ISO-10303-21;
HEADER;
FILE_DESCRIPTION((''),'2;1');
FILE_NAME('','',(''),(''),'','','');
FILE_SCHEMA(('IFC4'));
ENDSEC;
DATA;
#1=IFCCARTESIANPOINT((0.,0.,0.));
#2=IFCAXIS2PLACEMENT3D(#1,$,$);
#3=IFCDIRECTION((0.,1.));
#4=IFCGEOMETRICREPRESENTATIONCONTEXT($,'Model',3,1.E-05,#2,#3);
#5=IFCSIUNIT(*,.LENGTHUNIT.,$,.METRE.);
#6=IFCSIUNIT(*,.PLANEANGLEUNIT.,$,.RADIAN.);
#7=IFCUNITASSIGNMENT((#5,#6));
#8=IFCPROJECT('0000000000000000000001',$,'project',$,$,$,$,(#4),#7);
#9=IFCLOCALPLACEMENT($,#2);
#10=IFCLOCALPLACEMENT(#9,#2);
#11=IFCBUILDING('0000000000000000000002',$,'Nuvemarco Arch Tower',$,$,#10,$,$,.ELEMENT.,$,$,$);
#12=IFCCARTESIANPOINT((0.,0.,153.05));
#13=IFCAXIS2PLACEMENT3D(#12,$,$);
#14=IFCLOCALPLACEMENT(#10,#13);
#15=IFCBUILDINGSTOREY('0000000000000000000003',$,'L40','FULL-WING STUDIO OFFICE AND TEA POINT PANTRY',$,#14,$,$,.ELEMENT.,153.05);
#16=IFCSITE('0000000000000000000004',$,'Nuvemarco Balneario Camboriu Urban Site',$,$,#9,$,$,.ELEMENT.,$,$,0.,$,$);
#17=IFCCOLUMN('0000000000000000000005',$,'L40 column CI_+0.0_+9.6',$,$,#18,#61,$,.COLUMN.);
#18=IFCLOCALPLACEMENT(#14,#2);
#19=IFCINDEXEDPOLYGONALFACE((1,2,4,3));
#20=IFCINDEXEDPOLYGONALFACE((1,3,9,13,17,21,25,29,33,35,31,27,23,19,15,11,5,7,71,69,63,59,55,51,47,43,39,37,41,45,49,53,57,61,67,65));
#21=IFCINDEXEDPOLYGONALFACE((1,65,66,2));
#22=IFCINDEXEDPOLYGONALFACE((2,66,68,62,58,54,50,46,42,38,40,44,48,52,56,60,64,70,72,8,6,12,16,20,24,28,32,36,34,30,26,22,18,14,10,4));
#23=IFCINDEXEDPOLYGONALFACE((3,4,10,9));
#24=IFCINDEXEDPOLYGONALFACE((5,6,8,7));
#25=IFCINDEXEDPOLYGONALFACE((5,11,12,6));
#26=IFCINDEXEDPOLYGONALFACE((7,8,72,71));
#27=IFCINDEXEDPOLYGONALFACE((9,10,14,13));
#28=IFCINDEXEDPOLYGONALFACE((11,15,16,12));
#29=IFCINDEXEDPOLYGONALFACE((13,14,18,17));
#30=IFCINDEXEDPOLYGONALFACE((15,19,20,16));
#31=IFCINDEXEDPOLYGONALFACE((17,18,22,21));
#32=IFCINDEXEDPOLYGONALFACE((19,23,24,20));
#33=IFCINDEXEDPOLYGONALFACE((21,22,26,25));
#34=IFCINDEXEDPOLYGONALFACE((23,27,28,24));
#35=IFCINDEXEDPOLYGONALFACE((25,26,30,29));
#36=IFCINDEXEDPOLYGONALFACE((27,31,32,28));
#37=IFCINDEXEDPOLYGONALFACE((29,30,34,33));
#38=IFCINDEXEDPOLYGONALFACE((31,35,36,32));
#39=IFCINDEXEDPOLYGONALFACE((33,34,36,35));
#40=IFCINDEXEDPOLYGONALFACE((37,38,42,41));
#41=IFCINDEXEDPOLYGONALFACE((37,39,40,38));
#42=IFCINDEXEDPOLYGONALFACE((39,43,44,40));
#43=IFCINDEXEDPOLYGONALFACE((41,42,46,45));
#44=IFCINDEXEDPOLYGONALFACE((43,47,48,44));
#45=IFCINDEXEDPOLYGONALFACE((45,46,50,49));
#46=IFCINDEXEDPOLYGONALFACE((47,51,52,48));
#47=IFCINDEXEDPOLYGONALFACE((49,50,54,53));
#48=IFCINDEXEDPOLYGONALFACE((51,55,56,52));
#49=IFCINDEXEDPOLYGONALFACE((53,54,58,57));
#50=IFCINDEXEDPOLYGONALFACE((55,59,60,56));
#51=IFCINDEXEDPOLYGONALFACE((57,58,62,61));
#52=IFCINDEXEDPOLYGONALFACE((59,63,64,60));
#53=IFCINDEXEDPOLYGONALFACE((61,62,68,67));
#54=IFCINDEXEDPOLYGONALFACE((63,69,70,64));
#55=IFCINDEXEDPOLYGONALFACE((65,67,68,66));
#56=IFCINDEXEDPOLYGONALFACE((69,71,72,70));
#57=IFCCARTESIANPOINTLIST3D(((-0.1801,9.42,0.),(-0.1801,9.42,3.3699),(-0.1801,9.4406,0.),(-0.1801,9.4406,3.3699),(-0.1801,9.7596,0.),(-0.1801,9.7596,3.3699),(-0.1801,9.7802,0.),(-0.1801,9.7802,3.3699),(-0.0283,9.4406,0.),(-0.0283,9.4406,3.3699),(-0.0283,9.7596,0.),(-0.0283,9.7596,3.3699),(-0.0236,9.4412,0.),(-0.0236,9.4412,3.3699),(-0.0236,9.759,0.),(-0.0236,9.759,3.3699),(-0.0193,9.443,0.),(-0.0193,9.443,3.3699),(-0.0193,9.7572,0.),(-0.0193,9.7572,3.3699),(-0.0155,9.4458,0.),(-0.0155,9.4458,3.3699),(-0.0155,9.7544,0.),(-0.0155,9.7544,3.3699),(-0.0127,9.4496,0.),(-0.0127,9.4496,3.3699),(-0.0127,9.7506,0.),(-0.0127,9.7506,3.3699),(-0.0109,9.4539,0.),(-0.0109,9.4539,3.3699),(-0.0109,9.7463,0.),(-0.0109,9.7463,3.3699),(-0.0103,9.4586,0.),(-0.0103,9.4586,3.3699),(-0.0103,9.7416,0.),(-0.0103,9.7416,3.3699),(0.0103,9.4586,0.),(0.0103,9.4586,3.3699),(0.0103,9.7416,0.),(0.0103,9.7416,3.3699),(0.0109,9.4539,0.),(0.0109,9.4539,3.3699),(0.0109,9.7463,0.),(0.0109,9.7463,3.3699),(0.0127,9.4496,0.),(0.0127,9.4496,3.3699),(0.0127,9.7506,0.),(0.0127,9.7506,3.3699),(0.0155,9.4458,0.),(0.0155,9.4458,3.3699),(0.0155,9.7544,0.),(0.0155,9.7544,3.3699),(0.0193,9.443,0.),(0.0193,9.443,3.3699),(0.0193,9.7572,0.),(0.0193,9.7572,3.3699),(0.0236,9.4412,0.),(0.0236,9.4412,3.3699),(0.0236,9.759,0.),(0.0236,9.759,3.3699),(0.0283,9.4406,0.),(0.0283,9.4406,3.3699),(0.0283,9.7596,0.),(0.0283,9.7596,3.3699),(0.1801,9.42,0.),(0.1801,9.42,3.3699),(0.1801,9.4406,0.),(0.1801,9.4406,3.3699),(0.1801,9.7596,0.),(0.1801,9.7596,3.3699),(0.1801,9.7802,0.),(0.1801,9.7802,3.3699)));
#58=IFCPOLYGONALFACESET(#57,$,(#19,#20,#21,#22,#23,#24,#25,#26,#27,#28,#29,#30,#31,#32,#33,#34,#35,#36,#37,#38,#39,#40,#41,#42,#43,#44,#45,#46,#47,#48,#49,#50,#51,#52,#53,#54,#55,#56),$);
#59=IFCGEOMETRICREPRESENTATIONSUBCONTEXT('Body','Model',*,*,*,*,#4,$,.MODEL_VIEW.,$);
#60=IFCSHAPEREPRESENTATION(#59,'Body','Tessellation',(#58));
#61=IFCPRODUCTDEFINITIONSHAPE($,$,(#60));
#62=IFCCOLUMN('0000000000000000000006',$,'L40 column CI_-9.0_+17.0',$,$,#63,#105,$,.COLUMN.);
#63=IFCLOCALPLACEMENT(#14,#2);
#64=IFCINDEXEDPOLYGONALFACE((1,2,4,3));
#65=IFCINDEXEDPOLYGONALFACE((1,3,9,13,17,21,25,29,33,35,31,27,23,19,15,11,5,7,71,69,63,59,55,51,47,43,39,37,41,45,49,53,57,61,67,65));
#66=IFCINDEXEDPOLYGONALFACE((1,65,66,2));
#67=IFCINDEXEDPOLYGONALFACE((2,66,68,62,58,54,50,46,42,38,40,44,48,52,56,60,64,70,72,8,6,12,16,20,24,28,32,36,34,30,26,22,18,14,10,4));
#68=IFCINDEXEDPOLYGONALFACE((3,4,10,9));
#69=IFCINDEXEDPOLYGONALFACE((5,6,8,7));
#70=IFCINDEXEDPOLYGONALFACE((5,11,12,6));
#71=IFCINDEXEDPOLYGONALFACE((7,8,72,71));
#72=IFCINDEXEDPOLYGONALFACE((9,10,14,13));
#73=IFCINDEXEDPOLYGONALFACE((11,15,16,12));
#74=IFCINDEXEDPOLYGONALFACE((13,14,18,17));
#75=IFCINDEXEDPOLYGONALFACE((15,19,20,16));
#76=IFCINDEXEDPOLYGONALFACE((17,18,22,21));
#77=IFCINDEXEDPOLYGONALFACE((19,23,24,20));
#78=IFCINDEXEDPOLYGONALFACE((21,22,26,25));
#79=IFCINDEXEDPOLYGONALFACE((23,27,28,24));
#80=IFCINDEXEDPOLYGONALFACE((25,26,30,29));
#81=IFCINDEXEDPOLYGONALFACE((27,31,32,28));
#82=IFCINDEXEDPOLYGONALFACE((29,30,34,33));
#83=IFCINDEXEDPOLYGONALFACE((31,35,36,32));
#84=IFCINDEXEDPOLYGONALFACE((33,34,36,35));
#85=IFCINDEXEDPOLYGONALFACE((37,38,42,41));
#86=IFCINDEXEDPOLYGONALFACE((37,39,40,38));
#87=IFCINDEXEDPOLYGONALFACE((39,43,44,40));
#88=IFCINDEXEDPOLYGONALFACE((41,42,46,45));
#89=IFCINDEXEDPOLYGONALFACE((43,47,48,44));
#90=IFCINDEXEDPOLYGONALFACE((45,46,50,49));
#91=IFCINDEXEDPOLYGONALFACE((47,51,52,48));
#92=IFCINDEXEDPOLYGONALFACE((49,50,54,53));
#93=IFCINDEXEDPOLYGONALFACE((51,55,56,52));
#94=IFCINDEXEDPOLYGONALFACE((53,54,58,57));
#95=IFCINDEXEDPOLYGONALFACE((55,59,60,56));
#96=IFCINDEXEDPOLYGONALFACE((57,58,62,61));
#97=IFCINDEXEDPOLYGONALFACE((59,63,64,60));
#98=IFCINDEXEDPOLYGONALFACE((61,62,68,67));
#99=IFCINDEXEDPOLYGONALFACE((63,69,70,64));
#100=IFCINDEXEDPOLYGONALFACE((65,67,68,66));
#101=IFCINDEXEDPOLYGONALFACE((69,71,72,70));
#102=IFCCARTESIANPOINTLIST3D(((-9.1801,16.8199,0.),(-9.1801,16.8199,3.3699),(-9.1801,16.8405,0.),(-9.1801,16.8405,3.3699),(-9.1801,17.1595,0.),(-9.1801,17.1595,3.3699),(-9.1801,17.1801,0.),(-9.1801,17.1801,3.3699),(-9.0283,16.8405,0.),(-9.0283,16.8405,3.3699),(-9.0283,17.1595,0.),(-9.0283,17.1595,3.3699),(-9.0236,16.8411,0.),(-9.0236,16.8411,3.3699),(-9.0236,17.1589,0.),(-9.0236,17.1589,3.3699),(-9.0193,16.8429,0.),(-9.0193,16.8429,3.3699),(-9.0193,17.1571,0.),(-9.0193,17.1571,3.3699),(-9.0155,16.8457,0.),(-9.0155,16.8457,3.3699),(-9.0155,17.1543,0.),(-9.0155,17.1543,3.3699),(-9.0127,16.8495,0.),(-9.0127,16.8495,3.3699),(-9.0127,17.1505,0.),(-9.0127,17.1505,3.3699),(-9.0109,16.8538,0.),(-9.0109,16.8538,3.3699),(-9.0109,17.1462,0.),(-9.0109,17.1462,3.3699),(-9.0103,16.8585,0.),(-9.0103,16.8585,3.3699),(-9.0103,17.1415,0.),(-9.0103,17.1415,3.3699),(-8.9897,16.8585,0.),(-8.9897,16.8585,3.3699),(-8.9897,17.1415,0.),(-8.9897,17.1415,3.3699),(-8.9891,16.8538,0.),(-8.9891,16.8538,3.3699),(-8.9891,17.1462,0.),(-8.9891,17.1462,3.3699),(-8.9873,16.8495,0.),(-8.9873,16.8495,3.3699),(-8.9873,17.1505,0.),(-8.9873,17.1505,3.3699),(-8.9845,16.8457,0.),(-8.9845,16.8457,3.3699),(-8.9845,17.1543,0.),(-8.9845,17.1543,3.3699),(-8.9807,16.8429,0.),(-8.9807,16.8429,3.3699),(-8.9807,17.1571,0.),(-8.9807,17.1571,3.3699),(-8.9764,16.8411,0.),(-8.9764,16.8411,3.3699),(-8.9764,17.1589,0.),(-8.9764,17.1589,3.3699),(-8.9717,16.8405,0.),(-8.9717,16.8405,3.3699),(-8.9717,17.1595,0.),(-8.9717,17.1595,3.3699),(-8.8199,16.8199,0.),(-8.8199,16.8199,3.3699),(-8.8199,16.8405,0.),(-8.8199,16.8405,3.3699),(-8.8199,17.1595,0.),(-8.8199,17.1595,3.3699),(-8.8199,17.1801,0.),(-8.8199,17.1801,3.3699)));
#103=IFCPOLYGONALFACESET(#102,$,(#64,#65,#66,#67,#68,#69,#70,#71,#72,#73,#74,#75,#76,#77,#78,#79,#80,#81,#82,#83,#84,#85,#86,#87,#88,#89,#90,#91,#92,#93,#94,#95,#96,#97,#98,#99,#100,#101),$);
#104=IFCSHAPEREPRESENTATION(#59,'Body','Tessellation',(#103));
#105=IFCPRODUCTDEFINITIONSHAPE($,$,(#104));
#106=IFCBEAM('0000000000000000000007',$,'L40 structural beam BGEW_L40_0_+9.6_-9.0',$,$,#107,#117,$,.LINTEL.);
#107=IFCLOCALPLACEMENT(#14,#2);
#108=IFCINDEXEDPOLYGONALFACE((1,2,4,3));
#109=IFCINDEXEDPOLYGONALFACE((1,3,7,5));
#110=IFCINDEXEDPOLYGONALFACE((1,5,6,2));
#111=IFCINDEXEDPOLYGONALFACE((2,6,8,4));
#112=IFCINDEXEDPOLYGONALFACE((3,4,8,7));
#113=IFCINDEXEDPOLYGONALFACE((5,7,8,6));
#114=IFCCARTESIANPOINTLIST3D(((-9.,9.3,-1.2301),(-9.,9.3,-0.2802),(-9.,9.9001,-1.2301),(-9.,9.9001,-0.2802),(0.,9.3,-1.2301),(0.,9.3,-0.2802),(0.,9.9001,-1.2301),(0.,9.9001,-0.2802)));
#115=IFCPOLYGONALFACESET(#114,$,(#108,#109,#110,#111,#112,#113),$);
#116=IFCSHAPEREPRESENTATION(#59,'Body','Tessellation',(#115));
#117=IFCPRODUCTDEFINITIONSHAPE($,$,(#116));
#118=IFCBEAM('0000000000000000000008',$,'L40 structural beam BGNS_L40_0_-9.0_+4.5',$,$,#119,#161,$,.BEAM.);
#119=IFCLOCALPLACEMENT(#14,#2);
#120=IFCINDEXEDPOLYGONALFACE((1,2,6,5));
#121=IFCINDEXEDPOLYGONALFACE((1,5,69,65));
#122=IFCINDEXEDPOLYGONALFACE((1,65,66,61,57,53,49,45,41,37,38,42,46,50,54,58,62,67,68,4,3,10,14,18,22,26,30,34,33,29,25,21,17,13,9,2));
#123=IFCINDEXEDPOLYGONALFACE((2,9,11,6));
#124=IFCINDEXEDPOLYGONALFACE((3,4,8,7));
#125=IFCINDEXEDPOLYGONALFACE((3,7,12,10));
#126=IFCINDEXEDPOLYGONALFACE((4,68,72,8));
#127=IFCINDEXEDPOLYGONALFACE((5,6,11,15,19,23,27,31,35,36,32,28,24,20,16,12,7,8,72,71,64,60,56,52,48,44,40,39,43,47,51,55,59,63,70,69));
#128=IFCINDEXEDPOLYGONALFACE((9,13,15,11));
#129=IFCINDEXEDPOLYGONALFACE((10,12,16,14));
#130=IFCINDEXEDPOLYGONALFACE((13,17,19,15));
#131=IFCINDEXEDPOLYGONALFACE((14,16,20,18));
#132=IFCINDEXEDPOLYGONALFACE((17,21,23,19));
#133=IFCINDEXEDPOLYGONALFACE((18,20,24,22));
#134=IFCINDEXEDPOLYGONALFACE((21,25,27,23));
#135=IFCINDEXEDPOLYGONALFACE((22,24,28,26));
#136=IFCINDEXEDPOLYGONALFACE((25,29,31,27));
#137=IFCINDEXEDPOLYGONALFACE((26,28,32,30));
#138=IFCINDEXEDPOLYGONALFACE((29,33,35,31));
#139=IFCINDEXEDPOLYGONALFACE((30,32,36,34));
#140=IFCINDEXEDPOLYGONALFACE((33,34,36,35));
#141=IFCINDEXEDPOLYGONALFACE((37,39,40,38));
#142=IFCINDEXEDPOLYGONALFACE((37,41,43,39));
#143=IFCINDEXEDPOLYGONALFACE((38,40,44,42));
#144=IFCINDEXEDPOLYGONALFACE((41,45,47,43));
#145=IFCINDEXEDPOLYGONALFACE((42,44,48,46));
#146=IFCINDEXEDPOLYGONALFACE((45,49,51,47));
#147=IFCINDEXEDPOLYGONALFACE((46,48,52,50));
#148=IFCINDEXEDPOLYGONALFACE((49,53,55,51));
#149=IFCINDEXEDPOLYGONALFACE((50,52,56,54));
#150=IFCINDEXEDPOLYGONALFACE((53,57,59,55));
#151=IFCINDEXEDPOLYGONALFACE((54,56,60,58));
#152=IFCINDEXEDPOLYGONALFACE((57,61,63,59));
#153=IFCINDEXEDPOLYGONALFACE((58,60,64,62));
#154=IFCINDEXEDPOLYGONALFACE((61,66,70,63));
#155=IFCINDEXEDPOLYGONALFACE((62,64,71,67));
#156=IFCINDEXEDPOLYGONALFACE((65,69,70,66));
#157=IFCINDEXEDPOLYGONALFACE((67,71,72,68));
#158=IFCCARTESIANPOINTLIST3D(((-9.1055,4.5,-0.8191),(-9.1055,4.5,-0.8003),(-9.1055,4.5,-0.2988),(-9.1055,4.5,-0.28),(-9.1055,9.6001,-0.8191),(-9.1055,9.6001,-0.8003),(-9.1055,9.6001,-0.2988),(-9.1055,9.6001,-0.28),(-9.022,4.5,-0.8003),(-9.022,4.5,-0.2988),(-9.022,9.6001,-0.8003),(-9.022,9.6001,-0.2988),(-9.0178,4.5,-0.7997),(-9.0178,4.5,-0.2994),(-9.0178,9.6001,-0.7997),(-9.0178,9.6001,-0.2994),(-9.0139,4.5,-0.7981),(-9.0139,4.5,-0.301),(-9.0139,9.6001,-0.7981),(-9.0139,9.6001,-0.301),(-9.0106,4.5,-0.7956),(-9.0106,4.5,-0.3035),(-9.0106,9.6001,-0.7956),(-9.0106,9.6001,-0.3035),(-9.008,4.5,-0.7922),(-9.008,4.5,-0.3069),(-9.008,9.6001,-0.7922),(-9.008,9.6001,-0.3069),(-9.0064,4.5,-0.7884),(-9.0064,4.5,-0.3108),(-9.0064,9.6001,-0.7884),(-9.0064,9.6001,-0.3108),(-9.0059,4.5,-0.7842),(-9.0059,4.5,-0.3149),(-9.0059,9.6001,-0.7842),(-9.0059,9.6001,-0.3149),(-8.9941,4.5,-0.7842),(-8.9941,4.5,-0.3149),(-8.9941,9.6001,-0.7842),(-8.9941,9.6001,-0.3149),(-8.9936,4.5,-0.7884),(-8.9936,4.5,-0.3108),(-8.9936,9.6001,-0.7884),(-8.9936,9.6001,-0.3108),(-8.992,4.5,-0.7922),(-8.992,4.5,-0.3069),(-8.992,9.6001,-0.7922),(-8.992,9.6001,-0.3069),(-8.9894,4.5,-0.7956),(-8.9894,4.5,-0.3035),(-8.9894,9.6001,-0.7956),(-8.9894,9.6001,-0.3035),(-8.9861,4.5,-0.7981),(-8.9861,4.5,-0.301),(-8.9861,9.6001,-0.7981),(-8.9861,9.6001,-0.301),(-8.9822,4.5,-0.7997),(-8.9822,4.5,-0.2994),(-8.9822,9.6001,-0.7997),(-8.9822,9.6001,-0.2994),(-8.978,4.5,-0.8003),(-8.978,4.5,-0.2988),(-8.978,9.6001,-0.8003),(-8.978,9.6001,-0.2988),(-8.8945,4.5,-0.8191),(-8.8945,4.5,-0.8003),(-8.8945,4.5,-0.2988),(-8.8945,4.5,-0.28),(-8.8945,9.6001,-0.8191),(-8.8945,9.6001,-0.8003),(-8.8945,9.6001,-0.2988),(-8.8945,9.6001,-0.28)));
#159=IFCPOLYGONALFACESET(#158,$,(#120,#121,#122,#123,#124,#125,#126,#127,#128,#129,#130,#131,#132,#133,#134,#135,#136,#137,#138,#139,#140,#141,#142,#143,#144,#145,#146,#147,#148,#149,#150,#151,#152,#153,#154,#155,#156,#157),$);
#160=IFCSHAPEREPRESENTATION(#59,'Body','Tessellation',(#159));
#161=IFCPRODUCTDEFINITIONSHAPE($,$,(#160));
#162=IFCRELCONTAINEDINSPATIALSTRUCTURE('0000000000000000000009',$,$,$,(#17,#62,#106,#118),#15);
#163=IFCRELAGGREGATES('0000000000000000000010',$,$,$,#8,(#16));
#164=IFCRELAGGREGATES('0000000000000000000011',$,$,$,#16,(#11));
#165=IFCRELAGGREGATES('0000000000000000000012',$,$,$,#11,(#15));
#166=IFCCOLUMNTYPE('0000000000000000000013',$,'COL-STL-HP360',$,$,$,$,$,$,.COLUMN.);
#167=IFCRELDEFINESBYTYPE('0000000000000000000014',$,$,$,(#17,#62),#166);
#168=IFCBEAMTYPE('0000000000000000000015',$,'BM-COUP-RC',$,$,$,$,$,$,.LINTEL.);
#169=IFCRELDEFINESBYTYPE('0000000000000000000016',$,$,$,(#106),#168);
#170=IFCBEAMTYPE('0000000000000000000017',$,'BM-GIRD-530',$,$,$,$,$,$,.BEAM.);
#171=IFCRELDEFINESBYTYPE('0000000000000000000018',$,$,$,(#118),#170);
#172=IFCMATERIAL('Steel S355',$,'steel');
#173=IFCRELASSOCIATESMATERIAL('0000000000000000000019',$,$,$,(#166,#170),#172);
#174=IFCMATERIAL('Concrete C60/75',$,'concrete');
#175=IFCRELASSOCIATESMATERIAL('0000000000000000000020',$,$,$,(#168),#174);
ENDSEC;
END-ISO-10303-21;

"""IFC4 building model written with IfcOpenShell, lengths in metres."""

from ifc_helpers import new_model, si_unit, direction, frame, origin, origin_2d, place, context, subcontext, project, spatial, rectangle, i_section, extrude, material, material_profile, profile_set, type_object, element, save


model = new_model("IFC4")

# Units and contexts
model_context = context("Model", 3, precision=1e-05, world=origin(), true_north=direction((0.0, 1.0)))
body_context = subcontext(model_context, "Body", "Model", "MODEL_VIEW")
ifc_project = project(units=[si_unit("LENGTHUNIT", "METRE"), si_unit("PLANEANGLEUNIT", "RADIAN")], contexts=[model_context])

# Site, building, storey
site_placement = place(None, origin())
site = spatial("IfcSite", under=ifc_project, at=site_placement, Name="Nuvemarco Balneario Camboriu Urban Site", CompositionType="ELEMENT", RefElevation=0.0)
building_placement = place(site_placement, origin())
building = spatial("IfcBuilding", under=site, at=building_placement, Name="Nuvemarco Arch Tower", CompositionType="ELEMENT")
storey_placement = place(building_placement, frame((0.0, 0.0, 153.05)))
storey = spatial("IfcBuildingStorey", under=building, at=storey_placement, Name="L40", Description="FULL-WING STUDIO OFFICE AND TEA POINT PANTRY", CompositionType="ELEMENT", Elevation=153.05)

# Columns
ifc_material_1 = material(Name="Steel S355", Category="steel")
ifc_material_profile_1 = material_profile(ifc_material_1, i_section(OverallWidth=0.3601, OverallDepth=0.3601, WebThickness=0.0205, FlangeThickness=0.0205, FilletRadius=0.0181, at=origin_2d()), Name="HP360x174")
ifc_profile_set_1 = profile_set([ifc_material_profile_1], Name="Steel S355")
column_type_1 = type_object("IfcColumnType", Name="COL-STL-HP360", PredefinedType="COLUMN", material=ifc_profile_set_1)
for number, where, z_axis, x_axis, name in (
    (1, (0.0, 9.6001, 0.0), (0.0, 0.0, 1.0), (1.0, 0.0, 0.0), "L40 column CI_+0.0_+9.6"),
    (2, (-9.0, 17.0, 0.0), (0.0, 0.0, 1.0), (1.0, 0.0, 0.0), "L40 column CI_-9.0_+17.0"),
):
    element("IfcColumn", number, at=place(storey_placement, frame(where, z_axis=z_axis, x_axis=x_axis)), inside=storey, type_object=column_type_1, Name=name, PredefinedType="COLUMN", context=body_context, shape_type="SweptSolid", body=[
        extrude(i_section(OverallWidth=0.3601, OverallDepth=0.3601, WebThickness=0.0205, FlangeThickness=0.0205, FilletRadius=0.0181, at=origin_2d()), origin(), (0.0, 0.0, 1.0), 3.3699),
    ])

# Beams
ifc_material_2 = material(Name="Concrete C60/75", Category="concrete")
ifc_material_profile_2 = material_profile(ifc_material_2, rectangle(XDim=0.6001, YDim=0.95, at=origin_2d()), Name="RC-BM-600x950")
ifc_profile_set_2 = profile_set([ifc_material_profile_2], Name="Concrete C60/75")
beam_type_1 = type_object("IfcBeamType", Name="BM-COUP-RC", PredefinedType="LINTEL", material=ifc_profile_set_2)
beam_1_placement = place(storey_placement, frame((-9.0, 9.6001, -0.7551), z_axis=(1.0, 0.0, 0.0), x_axis=(0.0, 1.0, 0.0)))
element("IfcBeam", 3, at=beam_1_placement, inside=storey, type_object=beam_type_1, Name="L40 structural beam BGEW_L40_0_+9.6_-9.0", PredefinedType="LINTEL", context=body_context, shape_type="SweptSolid", body=[
    extrude(rectangle(XDim=0.6001, YDim=0.95, at=origin_2d()), origin(), (0.0, 0.0, 1.0), 9.0),
])
ifc_material_profile_3 = material_profile(ifc_material_1, i_section(OverallWidth=0.2109, OverallDepth=0.5391, WebThickness=0.0117, FlangeThickness=0.0188, FilletRadius=0.0161, at=origin_2d()), Name="W530x109")
ifc_profile_set_3 = profile_set([ifc_material_profile_3], Name="Steel S355")
beam_type_2 = type_object("IfcBeamType", Name="BM-GIRD-530", PredefinedType="BEAM", material=ifc_profile_set_3)
beam_2_placement = place(storey_placement, frame((-9.0, 4.5, -0.5496), z_axis=(0.0, 1.0, 0.0), x_axis=(-1.0, 0.0, 0.0)))
element("IfcBeam", 4, at=beam_2_placement, inside=storey, type_object=beam_type_2, Name="L40 structural beam BGNS_L40_0_-9.0_+4.5", PredefinedType="BEAM", context=body_context, shape_type="SweptSolid", body=[
    extrude(i_section(OverallWidth=0.2109, OverallDepth=0.5391, WebThickness=0.0117, FlangeThickness=0.0188, FilletRadius=0.0161, at=origin_2d()), origin(), (0.0, 0.0, 1.0), 5.1001),
])

save(model, "model.ifc")
